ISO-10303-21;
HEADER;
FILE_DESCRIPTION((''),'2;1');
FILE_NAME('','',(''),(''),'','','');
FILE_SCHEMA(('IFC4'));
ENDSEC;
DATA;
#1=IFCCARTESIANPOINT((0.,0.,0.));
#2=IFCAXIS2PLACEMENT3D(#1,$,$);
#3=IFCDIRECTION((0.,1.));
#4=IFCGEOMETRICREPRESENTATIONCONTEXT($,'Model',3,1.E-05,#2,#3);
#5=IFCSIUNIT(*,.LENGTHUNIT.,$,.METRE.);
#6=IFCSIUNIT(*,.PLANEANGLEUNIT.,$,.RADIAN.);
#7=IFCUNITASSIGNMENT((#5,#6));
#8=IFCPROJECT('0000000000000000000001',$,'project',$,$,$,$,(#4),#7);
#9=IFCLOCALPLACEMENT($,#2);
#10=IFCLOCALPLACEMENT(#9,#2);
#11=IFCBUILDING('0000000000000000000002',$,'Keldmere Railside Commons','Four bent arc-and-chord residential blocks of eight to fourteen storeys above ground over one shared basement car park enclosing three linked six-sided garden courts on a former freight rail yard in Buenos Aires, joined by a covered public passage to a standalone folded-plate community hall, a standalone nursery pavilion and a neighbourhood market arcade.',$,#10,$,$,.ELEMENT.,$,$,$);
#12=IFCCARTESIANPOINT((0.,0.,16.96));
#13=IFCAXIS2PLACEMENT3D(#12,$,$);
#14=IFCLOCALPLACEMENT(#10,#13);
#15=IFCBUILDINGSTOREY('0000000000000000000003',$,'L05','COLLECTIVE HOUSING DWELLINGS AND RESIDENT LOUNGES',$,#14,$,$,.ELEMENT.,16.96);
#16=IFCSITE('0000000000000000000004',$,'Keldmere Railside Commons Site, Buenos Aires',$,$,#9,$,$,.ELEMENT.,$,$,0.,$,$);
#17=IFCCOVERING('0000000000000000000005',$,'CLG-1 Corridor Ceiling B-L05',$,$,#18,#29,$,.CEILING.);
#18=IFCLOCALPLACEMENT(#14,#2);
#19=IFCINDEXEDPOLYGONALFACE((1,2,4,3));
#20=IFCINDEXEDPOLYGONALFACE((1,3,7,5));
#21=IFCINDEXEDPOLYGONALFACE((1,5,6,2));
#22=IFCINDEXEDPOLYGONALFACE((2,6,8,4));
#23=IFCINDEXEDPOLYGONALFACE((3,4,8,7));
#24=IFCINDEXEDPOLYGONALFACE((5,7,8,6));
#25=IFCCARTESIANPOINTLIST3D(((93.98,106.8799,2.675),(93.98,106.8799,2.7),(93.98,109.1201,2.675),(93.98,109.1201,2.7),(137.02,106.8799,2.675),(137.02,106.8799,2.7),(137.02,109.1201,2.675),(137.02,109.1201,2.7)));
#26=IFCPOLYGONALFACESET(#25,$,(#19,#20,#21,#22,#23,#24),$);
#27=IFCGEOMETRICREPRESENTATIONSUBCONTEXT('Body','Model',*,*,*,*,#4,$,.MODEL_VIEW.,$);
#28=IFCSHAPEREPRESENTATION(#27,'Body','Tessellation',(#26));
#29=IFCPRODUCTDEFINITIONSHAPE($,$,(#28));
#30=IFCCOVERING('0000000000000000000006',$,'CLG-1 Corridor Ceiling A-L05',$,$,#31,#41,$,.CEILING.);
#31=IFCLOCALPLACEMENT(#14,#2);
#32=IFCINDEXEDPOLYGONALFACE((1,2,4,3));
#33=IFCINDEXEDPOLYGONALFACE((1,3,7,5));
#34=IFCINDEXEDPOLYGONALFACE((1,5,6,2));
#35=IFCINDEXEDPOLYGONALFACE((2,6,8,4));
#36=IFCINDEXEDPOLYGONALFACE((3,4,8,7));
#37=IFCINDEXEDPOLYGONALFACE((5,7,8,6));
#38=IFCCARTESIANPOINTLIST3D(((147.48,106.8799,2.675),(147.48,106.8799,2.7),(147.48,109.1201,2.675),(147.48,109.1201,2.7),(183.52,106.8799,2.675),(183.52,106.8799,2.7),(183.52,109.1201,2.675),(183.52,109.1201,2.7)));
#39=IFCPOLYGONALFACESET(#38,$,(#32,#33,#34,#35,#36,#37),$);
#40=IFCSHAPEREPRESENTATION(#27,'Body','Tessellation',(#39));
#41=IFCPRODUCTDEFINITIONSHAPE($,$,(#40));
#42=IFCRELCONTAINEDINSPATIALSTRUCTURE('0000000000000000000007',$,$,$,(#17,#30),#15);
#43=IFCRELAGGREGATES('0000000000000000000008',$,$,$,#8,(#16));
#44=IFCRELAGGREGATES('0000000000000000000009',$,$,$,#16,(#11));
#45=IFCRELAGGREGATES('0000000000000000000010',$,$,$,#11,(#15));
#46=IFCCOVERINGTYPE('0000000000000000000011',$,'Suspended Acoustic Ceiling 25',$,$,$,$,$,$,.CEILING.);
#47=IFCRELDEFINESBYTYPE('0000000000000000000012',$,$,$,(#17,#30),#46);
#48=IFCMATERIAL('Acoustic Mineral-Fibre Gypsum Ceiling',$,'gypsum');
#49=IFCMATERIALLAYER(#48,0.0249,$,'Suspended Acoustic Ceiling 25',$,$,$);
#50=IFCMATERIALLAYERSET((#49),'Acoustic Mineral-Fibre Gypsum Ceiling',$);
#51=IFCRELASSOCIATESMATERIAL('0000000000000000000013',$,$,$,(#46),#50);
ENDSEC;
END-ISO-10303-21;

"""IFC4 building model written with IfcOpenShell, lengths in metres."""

from ifc_helpers import new_model, si_unit, direction, frame, origin, place, context, subcontext, project, spatial, polyline, outline, extrude, material, layer, layer_set, type_object, element, save


model = new_model("IFC4")

# Units and contexts
model_context = context("Model", 3, precision=1e-05, world=origin(), true_north=direction((0.0, 1.0)))
body_context = subcontext(model_context, "Body", "Model", "MODEL_VIEW")
ifc_project = project(units=[si_unit("LENGTHUNIT", "METRE"), si_unit("PLANEANGLEUNIT", "RADIAN")], contexts=[model_context])

# Site, building, storey
site_placement = place(None, origin())
site = spatial("IfcSite", under=ifc_project, at=site_placement, Name="Keldmere Railside Commons Site, Buenos Aires", CompositionType="ELEMENT", RefElevation=0.0)
building_placement = place(site_placement, origin())
building = spatial("IfcBuilding", under=site, at=building_placement, Name="Keldmere Railside Commons", Description="Four bent arc-and-chord residential blocks of eight to fourteen storeys above ground over one shared basement car park enclosing three linked six-sided garden courts on a former freight rail yard in Buenos Aires, joined by a covered public passage to a standalone folded-plate community hall, a standalone nursery pavilion and a neighbourhood market arcade.", CompositionType="ELEMENT")
storey_placement = place(building_placement, frame((0.0, 0.0, 16.96)))
storey = spatial("IfcBuildingStorey", under=building, at=storey_placement, Name="L05", Description="COLLECTIVE HOUSING DWELLINGS AND RESIDENT LOUNGES", CompositionType="ELEMENT", Elevation=16.96)

# Coverings
ifc_material_1 = material(Name="Acoustic Mineral-Fibre Gypsum Ceiling", Category="gypsum")
ifc_layer_1 = layer(ifc_material_1, 0.0249, Name="Suspended Acoustic Ceiling 25")
ifc_layer_set_1 = layer_set([ifc_layer_1], Name="Acoustic Mineral-Fibre Gypsum Ceiling")
covering_type_1 = type_object("IfcCoveringType", Name="Suspended Acoustic Ceiling 25", PredefinedType="CEILING", material=ifc_layer_set_1)
covering_1_placement = place(storey_placement, frame((0.0, 0.0, 2.675)))
element("IfcCovering", 1, at=covering_1_placement, inside=storey, type_object=covering_type_1, Name="CLG-1 Corridor Ceiling B-L05", PredefinedType="CEILING", context=body_context, shape_type="SweptSolid", body=[
    extrude(outline(polyline([(93.98, 106.8799), (137.02, 106.8799), (137.02, 109.1201), (93.98, 109.1201), (93.98, 106.8799)])), origin(), (0.0, 0.0, 1.0), 0.0249),
])
covering_2_placement = place(storey_placement, frame((0.0, 0.0, 2.675)))
element("IfcCovering", 2, at=covering_2_placement, inside=storey, type_object=covering_type_1, Name="CLG-1 Corridor Ceiling A-L05", PredefinedType="CEILING", context=body_context, shape_type="SweptSolid", body=[
    extrude(outline(polyline([(147.48, 106.8799), (183.52, 106.8799), (183.52, 109.1201), (147.48, 109.1201), (147.48, 106.8799)])), origin(), (0.0, 0.0, 1.0), 0.0249),
])

save(model, "model.ifc")
